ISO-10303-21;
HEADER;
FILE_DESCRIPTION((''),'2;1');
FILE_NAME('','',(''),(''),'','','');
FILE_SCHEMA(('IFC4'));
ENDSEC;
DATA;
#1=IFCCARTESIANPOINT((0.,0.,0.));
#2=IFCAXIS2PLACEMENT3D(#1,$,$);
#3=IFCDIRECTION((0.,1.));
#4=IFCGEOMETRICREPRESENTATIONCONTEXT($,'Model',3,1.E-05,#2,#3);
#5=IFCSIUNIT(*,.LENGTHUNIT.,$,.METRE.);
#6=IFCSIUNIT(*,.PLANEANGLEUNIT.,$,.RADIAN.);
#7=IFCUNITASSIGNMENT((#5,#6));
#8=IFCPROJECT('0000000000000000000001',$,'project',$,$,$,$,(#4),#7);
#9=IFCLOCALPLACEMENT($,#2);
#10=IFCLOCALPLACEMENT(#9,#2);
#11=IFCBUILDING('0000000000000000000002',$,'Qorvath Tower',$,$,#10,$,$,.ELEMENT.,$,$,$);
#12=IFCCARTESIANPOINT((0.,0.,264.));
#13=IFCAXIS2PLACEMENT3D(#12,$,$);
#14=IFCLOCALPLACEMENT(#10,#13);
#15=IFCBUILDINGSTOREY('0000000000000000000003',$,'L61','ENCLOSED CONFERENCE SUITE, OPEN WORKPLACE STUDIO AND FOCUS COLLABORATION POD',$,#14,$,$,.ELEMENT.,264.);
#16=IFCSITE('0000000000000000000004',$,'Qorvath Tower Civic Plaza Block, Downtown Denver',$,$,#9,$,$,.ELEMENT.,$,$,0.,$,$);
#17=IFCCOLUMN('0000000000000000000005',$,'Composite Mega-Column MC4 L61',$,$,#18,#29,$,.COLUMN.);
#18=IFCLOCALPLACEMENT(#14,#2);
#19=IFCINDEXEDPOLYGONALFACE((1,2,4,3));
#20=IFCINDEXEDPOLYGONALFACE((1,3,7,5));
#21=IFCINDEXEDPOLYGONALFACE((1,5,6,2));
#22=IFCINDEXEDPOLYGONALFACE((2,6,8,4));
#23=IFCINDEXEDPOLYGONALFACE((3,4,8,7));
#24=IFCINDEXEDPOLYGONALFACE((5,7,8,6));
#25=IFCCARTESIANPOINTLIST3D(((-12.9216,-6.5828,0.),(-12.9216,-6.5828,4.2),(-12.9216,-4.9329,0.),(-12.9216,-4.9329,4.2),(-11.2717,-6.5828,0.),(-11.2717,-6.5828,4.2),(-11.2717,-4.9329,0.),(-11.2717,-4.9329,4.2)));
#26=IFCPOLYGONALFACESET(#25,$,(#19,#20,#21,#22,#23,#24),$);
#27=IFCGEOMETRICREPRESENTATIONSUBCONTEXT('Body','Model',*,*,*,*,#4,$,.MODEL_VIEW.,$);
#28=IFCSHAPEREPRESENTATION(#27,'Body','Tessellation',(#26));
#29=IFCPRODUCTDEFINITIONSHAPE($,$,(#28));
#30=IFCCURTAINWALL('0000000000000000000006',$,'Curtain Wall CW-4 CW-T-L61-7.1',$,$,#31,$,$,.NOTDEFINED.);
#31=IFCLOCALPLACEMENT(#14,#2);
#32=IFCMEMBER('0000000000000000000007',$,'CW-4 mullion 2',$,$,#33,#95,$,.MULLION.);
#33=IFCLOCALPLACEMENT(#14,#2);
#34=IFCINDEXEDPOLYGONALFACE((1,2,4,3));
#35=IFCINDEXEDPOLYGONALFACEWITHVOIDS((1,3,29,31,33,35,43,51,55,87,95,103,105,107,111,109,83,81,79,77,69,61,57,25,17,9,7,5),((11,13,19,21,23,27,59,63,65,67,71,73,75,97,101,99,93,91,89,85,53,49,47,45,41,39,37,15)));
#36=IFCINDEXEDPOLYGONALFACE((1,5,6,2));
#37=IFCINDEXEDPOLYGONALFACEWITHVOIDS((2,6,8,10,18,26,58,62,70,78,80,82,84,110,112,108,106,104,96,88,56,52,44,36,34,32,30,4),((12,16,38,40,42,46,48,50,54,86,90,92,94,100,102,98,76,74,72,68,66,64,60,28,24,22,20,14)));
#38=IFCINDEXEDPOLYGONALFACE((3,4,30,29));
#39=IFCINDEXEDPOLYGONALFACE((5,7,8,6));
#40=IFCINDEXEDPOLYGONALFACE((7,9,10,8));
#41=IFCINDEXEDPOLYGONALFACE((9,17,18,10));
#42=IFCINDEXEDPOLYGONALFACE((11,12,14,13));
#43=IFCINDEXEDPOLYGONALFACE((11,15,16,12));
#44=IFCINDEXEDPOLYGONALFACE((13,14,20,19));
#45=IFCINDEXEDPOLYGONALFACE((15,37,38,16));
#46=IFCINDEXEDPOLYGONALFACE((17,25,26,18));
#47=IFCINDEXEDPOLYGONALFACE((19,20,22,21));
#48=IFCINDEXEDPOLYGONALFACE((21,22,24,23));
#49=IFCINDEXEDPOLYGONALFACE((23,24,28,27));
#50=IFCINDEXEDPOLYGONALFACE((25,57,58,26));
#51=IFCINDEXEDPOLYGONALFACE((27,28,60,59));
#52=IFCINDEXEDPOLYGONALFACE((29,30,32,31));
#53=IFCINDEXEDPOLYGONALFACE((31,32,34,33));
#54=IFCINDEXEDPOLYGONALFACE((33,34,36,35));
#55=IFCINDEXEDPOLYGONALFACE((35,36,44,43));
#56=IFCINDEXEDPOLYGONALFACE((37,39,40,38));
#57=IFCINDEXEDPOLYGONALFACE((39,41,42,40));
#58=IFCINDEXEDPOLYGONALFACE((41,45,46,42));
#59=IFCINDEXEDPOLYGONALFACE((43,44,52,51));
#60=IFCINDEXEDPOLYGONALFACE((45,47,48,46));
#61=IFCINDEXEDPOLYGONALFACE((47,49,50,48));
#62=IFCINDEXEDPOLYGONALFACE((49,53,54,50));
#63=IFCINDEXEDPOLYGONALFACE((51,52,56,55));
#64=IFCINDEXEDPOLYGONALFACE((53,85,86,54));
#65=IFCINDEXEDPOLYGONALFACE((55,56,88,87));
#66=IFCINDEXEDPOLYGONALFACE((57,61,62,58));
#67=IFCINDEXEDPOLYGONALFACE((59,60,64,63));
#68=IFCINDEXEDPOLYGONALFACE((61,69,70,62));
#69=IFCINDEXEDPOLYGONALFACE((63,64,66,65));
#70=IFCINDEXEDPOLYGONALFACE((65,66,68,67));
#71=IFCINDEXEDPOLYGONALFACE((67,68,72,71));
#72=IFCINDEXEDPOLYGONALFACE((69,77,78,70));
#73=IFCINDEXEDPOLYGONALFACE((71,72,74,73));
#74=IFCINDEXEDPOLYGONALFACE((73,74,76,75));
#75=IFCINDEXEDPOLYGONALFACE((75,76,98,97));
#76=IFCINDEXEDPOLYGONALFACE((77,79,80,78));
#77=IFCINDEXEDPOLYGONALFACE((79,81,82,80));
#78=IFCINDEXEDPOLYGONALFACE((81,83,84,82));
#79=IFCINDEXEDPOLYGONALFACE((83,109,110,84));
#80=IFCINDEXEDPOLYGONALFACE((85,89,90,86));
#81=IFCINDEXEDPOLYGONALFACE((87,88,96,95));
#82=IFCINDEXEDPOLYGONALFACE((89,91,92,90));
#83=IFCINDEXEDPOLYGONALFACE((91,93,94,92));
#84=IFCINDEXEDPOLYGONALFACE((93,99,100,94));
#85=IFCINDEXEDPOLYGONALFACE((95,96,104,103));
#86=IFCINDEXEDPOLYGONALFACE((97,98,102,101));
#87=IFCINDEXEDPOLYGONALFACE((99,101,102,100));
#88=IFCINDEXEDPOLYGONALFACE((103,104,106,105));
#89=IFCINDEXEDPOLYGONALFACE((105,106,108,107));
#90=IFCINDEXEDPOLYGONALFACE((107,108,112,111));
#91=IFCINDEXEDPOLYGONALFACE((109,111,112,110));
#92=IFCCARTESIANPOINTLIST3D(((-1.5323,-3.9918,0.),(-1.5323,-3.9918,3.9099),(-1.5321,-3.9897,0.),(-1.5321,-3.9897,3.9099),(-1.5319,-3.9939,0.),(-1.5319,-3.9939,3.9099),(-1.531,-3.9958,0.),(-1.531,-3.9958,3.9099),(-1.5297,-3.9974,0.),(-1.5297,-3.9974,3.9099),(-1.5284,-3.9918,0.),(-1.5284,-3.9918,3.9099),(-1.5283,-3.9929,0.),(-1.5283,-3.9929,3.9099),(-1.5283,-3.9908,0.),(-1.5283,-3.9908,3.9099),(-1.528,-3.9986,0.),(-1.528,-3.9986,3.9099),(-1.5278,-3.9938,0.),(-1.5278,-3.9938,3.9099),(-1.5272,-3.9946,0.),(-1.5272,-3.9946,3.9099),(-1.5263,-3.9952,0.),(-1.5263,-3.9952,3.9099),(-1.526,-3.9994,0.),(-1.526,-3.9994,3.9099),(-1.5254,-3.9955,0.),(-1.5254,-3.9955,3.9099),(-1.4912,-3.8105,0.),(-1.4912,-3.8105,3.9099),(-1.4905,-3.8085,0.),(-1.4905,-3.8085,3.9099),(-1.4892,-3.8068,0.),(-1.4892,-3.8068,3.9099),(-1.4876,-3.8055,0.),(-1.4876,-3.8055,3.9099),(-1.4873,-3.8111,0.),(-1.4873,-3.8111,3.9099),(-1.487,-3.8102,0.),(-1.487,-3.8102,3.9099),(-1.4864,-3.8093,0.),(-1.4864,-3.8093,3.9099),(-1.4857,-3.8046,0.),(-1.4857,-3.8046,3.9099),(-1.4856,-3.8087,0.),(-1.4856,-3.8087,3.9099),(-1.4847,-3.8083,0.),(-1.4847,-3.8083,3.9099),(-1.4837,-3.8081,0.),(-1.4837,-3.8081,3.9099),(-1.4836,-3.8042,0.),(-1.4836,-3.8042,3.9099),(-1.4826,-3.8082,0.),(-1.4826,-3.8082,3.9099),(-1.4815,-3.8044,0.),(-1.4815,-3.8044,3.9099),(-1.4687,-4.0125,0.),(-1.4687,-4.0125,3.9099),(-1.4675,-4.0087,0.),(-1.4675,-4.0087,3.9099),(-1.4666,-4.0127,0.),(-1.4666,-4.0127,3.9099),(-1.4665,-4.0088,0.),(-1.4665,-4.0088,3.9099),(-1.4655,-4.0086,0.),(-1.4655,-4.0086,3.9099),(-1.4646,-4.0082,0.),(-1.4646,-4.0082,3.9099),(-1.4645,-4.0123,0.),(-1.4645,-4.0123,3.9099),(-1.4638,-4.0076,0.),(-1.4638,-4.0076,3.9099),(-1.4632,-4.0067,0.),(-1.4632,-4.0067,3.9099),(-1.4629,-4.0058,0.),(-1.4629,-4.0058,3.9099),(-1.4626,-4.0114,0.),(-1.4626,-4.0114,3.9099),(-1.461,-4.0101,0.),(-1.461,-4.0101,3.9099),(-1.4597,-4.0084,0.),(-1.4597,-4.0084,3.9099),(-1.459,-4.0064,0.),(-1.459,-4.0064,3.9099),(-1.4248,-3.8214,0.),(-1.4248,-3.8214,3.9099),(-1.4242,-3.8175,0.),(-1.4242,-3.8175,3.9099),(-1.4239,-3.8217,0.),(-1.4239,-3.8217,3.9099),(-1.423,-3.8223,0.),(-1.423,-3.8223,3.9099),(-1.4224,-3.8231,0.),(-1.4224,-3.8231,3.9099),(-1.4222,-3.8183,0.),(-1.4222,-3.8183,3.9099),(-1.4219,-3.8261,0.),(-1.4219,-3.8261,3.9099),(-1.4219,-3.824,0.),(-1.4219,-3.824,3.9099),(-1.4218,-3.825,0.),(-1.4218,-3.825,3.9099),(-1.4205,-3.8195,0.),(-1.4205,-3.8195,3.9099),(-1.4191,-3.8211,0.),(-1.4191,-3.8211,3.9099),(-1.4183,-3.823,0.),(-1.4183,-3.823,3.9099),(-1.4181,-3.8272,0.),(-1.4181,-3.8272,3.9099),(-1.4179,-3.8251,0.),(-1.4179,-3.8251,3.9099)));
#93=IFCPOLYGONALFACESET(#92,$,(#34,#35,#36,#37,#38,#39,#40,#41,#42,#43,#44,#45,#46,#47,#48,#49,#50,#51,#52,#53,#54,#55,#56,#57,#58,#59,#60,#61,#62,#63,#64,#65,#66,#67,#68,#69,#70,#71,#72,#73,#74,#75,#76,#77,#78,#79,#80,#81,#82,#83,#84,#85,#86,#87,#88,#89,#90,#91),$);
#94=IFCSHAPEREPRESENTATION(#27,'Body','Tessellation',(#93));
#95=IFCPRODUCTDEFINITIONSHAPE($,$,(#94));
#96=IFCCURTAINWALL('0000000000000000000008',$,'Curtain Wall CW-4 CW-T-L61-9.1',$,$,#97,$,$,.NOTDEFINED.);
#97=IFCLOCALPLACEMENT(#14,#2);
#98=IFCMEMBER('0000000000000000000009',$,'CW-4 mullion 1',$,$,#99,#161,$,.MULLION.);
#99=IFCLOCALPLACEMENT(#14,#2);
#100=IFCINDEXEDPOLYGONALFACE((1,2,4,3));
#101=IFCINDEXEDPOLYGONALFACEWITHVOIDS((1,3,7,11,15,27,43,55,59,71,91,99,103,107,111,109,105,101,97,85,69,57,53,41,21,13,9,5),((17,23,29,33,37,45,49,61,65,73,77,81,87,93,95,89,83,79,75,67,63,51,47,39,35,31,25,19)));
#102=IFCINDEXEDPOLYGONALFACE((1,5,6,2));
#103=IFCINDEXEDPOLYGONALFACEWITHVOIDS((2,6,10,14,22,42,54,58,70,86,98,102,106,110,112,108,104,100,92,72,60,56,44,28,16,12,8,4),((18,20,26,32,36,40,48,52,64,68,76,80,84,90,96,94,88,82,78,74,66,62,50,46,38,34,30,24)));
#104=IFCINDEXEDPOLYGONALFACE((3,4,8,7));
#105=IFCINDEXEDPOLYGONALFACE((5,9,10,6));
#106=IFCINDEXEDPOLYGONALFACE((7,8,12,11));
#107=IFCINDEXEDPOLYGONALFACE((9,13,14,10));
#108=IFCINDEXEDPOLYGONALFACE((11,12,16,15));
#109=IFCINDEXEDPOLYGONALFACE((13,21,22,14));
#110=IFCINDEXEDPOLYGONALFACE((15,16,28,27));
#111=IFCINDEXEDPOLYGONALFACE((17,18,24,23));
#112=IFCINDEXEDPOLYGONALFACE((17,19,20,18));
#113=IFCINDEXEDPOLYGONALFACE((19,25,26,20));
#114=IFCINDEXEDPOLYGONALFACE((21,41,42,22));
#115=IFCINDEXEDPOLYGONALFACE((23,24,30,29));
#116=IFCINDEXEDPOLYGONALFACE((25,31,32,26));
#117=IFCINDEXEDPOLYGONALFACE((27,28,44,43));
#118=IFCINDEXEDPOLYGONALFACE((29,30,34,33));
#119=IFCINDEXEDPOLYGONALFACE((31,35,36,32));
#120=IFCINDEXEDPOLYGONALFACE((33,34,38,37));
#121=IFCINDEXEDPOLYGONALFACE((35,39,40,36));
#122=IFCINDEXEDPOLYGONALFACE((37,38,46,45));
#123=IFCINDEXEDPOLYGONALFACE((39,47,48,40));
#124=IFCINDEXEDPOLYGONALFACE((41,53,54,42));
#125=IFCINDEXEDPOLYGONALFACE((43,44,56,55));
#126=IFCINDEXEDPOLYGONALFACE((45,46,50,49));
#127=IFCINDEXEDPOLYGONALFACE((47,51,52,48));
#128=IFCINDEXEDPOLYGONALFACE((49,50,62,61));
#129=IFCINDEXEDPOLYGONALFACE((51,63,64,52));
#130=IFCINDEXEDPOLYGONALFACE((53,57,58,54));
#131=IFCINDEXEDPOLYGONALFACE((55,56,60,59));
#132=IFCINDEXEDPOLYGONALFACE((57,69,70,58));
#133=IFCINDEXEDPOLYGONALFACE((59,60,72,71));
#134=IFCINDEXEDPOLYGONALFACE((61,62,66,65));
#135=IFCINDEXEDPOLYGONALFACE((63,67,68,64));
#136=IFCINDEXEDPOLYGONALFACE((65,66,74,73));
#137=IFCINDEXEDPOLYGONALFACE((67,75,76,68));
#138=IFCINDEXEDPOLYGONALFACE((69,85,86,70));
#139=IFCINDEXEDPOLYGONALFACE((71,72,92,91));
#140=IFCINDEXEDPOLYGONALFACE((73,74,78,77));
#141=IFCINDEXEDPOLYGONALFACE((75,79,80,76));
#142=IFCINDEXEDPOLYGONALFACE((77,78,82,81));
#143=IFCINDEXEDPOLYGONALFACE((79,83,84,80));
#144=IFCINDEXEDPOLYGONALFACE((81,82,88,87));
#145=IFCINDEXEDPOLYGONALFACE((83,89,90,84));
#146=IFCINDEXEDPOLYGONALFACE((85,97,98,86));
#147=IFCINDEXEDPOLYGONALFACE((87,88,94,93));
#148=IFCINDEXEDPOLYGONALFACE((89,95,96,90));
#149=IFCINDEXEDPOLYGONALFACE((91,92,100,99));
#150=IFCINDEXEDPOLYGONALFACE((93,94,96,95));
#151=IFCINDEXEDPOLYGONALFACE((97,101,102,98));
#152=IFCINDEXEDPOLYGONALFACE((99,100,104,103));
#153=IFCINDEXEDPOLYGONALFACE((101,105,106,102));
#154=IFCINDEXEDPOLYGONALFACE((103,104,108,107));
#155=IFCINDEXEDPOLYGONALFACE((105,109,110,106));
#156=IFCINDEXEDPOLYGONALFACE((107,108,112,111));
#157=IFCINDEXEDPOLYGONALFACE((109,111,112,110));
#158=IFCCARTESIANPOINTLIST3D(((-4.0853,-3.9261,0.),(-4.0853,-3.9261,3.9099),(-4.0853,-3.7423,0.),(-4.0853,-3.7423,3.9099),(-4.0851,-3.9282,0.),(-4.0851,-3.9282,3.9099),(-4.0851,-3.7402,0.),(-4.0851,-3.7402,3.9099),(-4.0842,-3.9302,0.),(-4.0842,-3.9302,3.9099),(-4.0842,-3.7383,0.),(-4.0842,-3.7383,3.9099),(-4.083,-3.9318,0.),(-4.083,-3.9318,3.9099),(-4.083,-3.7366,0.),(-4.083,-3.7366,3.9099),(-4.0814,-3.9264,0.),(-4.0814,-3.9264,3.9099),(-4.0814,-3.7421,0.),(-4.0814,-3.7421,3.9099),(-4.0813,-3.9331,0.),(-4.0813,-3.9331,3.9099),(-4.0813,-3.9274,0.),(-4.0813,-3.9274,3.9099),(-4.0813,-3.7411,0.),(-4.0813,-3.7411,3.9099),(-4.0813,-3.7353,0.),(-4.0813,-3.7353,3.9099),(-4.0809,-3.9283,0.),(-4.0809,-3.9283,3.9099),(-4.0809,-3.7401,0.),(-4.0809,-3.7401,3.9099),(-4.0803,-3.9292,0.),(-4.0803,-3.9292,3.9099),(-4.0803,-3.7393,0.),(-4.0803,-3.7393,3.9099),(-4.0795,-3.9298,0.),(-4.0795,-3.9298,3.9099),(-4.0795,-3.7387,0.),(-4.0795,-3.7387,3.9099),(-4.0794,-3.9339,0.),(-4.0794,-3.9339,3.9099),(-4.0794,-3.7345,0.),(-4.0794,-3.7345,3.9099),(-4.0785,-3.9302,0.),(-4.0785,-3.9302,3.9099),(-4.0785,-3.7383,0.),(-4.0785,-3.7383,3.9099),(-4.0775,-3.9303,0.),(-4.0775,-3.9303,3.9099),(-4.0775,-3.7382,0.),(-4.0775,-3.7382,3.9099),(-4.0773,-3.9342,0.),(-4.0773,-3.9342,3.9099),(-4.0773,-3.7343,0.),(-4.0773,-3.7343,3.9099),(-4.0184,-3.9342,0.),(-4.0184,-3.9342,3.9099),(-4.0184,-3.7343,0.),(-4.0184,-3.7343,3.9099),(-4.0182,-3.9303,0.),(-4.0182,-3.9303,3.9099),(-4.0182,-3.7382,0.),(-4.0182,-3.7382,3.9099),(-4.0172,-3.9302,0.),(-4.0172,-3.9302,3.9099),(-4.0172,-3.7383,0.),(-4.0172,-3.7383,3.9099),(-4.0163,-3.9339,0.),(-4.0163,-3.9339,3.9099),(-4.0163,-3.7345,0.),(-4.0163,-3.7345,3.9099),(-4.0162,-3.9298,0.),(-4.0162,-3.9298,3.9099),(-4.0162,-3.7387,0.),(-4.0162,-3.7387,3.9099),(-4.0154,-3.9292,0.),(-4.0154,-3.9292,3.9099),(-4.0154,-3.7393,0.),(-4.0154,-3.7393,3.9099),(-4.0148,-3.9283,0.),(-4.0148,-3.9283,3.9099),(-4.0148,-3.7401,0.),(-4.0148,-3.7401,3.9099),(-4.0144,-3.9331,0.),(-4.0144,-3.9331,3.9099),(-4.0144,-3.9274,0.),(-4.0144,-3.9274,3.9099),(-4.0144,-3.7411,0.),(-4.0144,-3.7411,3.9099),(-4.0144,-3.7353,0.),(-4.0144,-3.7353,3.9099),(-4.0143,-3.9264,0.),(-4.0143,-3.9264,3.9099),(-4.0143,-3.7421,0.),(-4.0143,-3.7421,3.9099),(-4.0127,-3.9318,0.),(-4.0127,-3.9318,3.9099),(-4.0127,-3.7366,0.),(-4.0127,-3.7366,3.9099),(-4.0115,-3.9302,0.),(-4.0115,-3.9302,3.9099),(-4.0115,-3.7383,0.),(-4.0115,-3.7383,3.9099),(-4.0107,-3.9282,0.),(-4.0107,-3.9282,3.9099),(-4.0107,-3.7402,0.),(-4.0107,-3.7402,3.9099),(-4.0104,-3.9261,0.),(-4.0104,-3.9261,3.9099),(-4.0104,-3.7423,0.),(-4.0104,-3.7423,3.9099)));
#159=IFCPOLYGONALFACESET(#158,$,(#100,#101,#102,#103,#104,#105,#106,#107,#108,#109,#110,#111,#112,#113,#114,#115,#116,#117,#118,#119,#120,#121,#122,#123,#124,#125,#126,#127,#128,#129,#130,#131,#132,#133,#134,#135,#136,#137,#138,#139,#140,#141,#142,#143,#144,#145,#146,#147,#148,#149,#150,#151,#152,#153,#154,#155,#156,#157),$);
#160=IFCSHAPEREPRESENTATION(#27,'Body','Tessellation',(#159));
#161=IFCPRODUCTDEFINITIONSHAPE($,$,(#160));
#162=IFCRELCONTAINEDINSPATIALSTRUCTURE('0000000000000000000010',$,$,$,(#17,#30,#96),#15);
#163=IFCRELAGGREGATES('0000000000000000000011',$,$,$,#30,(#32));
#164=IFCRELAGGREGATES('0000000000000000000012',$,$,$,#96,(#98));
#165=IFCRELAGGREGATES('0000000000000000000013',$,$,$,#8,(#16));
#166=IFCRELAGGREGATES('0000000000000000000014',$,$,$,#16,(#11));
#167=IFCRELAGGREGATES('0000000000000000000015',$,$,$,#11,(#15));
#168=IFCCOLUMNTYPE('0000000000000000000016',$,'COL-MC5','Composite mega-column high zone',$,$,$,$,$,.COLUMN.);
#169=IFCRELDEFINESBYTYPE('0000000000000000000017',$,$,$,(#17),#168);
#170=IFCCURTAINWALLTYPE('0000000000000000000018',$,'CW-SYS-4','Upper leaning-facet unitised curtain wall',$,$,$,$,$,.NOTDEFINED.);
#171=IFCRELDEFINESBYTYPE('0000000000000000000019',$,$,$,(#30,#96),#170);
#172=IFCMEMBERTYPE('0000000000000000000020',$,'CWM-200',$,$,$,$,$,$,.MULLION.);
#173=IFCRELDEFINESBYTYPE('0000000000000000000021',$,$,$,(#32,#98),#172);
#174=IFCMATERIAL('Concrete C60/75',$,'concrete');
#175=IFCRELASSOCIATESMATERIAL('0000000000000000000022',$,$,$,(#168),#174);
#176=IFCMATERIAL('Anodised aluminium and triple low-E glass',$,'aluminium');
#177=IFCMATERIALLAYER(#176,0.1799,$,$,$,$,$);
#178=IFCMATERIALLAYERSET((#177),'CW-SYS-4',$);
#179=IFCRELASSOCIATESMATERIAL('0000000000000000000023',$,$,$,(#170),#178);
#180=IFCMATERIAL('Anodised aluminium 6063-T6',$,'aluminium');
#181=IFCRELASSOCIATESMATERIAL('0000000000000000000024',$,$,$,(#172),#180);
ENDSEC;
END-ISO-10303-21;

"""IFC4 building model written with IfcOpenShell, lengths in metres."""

from ifc_helpers import new_model, si_unit, direction, frame, origin, origin_2d, place, context, subcontext, project, spatial, rectangle, hollow_rectangle, extrude, material, layer, layer_set, material_profile, profile_set, type_object, element, aggregate, save


model = new_model("IFC4")

# Units and contexts
model_context = context("Model", 3, precision=1e-05, world=origin(), true_north=direction((0.0, 1.0)))
body_context = subcontext(model_context, "Body", "Model", "MODEL_VIEW")
ifc_project = project(units=[si_unit("LENGTHUNIT", "METRE"), si_unit("PLANEANGLEUNIT", "RADIAN")], contexts=[model_context])

# Site, building, storey
site_placement = place(None, origin())
site = spatial("IfcSite", under=ifc_project, at=site_placement, Name="Qorvath Tower Civic Plaza Block, Downtown Denver", CompositionType="ELEMENT", RefElevation=0.0)
building_placement = place(site_placement, origin())
building = spatial("IfcBuilding", under=site, at=building_placement, Name="Qorvath Tower", CompositionType="ELEMENT")
storey_placement = place(building_placement, frame((0.0, 0.0, 264.0)))
storey = spatial("IfcBuildingStorey", under=building, at=storey_placement, Name="L61", Description="ENCLOSED CONFERENCE SUITE, OPEN WORKPLACE STUDIO AND FOCUS COLLABORATION POD", CompositionType="ELEMENT", Elevation=264.0)

# Column
ifc_material_1 = material(Name="Concrete C60/75", Category="concrete")
ifc_material_profile_1 = material_profile(ifc_material_1, rectangle(XDim=1.6499, YDim=1.6499, at=origin_2d()), Name="MC 1650x1650")
ifc_profile_set_1 = profile_set([ifc_material_profile_1], Name="Concrete C60/75")
column_type = type_object("IfcColumnType", Name="COL-MC5", Description="Composite mega-column high zone", PredefinedType="COLUMN", material=ifc_profile_set_1)
column_placement = place(storey_placement, frame((-12.0967, -5.7578, 0.0), z_axis=(0.0, 0.0, 1.0), x_axis=(1.0, 0.0, 0.0)))
element("IfcColumn", 1, at=column_placement, inside=storey, type_object=column_type, Name="Composite Mega-Column MC4 L61", PredefinedType="COLUMN", context=body_context, shape_type="SweptSolid", body=[
    extrude(rectangle(XDim=1.6499, YDim=1.6499, at=origin_2d()), origin(), (0.0, 0.0, 1.0), 4.2),
])

# Curtain wall, member
ifc_material_2 = material(Name="Anodised aluminium and triple low-E glass", Category="aluminium")
ifc_layer_1 = layer(ifc_material_2, 0.1799)
ifc_layer_set_1 = layer_set([ifc_layer_1], Name="CW-SYS-4")
curtain_wall_type = type_object("IfcCurtainWallType", Name="CW-SYS-4", Description="Upper leaning-facet unitised curtain wall", PredefinedType="NOTDEFINED", material=ifc_layer_set_1)
curtain_wall_1_placement = place(storey_placement, origin())
curtain_wall_1 = element("IfcCurtainWall", 2, at=curtain_wall_1_placement, inside=storey, type_object=curtain_wall_type, Name="Curtain Wall CW-4 CW-T-L61-7.1", PredefinedType="NOTDEFINED")
ifc_material_3 = material(Name="Anodised aluminium 6063-T6", Category="aluminium")
ifc_material_profile_2 = material_profile(ifc_material_3, hollow_rectangle(XDim=0.075, YDim=0.2, WallThickness=0.0039, InnerFilletRadius=0.0039, OuterFilletRadius=0.0081, at=origin_2d()), Name="CWM 200x75")
ifc_profile_set_2 = profile_set([ifc_material_profile_2], Name="Anodised aluminium 6063-T6")
member_type_1 = type_object("IfcMemberType", Name="CWM-200", PredefinedType="MULLION", material=ifc_profile_set_2)
member_1_placement = place(storey_placement, frame((-1.4751, -3.9084, 0.0), z_axis=(0.0, 0.0, 1.0), x_axis=(-0.974942, 0.222459, 0.0)))
member_1 = element("IfcMember", 3, at=member_1_placement, type_object=member_type_1, Name="CW-4 mullion 2", PredefinedType="MULLION", context=body_context, shape_type="SweptSolid", body=[
    extrude(hollow_rectangle(XDim=0.075, YDim=0.2, WallThickness=0.0039, InnerFilletRadius=0.0039, OuterFilletRadius=0.0081, at=origin_2d()), origin(), (0.0, 0.0, 1.0), 3.9099),
])

# Curtain wall, member
curtain_wall_2_placement = place(storey_placement, origin())
curtain_wall_2 = element("IfcCurtainWall", 4, at=curtain_wall_2_placement, inside=storey, type_object=curtain_wall_type, Name="Curtain Wall CW-4 CW-T-L61-9.1", PredefinedType="NOTDEFINED")
member_2_placement = place(storey_placement, frame((-4.0479, -3.8342, 0.0), z_axis=(0.0, 0.0, 1.0), x_axis=(-1.0, 0.0, 0.0)))
member_2 = element("IfcMember", 5, at=member_2_placement, type_object=member_type_1, Name="CW-4 mullion 1", PredefinedType="MULLION", context=body_context, shape_type="SweptSolid", body=[
    extrude(hollow_rectangle(XDim=0.075, YDim=0.2, WallThickness=0.0039, InnerFilletRadius=0.0039, OuterFilletRadius=0.0081, at=origin_2d()), origin(), (0.0, 0.0, 1.0), 3.9099),
])

aggregate(curtain_wall_1, [member_1])
aggregate(curtain_wall_2, [member_2])

save(model, "model.ifc")
